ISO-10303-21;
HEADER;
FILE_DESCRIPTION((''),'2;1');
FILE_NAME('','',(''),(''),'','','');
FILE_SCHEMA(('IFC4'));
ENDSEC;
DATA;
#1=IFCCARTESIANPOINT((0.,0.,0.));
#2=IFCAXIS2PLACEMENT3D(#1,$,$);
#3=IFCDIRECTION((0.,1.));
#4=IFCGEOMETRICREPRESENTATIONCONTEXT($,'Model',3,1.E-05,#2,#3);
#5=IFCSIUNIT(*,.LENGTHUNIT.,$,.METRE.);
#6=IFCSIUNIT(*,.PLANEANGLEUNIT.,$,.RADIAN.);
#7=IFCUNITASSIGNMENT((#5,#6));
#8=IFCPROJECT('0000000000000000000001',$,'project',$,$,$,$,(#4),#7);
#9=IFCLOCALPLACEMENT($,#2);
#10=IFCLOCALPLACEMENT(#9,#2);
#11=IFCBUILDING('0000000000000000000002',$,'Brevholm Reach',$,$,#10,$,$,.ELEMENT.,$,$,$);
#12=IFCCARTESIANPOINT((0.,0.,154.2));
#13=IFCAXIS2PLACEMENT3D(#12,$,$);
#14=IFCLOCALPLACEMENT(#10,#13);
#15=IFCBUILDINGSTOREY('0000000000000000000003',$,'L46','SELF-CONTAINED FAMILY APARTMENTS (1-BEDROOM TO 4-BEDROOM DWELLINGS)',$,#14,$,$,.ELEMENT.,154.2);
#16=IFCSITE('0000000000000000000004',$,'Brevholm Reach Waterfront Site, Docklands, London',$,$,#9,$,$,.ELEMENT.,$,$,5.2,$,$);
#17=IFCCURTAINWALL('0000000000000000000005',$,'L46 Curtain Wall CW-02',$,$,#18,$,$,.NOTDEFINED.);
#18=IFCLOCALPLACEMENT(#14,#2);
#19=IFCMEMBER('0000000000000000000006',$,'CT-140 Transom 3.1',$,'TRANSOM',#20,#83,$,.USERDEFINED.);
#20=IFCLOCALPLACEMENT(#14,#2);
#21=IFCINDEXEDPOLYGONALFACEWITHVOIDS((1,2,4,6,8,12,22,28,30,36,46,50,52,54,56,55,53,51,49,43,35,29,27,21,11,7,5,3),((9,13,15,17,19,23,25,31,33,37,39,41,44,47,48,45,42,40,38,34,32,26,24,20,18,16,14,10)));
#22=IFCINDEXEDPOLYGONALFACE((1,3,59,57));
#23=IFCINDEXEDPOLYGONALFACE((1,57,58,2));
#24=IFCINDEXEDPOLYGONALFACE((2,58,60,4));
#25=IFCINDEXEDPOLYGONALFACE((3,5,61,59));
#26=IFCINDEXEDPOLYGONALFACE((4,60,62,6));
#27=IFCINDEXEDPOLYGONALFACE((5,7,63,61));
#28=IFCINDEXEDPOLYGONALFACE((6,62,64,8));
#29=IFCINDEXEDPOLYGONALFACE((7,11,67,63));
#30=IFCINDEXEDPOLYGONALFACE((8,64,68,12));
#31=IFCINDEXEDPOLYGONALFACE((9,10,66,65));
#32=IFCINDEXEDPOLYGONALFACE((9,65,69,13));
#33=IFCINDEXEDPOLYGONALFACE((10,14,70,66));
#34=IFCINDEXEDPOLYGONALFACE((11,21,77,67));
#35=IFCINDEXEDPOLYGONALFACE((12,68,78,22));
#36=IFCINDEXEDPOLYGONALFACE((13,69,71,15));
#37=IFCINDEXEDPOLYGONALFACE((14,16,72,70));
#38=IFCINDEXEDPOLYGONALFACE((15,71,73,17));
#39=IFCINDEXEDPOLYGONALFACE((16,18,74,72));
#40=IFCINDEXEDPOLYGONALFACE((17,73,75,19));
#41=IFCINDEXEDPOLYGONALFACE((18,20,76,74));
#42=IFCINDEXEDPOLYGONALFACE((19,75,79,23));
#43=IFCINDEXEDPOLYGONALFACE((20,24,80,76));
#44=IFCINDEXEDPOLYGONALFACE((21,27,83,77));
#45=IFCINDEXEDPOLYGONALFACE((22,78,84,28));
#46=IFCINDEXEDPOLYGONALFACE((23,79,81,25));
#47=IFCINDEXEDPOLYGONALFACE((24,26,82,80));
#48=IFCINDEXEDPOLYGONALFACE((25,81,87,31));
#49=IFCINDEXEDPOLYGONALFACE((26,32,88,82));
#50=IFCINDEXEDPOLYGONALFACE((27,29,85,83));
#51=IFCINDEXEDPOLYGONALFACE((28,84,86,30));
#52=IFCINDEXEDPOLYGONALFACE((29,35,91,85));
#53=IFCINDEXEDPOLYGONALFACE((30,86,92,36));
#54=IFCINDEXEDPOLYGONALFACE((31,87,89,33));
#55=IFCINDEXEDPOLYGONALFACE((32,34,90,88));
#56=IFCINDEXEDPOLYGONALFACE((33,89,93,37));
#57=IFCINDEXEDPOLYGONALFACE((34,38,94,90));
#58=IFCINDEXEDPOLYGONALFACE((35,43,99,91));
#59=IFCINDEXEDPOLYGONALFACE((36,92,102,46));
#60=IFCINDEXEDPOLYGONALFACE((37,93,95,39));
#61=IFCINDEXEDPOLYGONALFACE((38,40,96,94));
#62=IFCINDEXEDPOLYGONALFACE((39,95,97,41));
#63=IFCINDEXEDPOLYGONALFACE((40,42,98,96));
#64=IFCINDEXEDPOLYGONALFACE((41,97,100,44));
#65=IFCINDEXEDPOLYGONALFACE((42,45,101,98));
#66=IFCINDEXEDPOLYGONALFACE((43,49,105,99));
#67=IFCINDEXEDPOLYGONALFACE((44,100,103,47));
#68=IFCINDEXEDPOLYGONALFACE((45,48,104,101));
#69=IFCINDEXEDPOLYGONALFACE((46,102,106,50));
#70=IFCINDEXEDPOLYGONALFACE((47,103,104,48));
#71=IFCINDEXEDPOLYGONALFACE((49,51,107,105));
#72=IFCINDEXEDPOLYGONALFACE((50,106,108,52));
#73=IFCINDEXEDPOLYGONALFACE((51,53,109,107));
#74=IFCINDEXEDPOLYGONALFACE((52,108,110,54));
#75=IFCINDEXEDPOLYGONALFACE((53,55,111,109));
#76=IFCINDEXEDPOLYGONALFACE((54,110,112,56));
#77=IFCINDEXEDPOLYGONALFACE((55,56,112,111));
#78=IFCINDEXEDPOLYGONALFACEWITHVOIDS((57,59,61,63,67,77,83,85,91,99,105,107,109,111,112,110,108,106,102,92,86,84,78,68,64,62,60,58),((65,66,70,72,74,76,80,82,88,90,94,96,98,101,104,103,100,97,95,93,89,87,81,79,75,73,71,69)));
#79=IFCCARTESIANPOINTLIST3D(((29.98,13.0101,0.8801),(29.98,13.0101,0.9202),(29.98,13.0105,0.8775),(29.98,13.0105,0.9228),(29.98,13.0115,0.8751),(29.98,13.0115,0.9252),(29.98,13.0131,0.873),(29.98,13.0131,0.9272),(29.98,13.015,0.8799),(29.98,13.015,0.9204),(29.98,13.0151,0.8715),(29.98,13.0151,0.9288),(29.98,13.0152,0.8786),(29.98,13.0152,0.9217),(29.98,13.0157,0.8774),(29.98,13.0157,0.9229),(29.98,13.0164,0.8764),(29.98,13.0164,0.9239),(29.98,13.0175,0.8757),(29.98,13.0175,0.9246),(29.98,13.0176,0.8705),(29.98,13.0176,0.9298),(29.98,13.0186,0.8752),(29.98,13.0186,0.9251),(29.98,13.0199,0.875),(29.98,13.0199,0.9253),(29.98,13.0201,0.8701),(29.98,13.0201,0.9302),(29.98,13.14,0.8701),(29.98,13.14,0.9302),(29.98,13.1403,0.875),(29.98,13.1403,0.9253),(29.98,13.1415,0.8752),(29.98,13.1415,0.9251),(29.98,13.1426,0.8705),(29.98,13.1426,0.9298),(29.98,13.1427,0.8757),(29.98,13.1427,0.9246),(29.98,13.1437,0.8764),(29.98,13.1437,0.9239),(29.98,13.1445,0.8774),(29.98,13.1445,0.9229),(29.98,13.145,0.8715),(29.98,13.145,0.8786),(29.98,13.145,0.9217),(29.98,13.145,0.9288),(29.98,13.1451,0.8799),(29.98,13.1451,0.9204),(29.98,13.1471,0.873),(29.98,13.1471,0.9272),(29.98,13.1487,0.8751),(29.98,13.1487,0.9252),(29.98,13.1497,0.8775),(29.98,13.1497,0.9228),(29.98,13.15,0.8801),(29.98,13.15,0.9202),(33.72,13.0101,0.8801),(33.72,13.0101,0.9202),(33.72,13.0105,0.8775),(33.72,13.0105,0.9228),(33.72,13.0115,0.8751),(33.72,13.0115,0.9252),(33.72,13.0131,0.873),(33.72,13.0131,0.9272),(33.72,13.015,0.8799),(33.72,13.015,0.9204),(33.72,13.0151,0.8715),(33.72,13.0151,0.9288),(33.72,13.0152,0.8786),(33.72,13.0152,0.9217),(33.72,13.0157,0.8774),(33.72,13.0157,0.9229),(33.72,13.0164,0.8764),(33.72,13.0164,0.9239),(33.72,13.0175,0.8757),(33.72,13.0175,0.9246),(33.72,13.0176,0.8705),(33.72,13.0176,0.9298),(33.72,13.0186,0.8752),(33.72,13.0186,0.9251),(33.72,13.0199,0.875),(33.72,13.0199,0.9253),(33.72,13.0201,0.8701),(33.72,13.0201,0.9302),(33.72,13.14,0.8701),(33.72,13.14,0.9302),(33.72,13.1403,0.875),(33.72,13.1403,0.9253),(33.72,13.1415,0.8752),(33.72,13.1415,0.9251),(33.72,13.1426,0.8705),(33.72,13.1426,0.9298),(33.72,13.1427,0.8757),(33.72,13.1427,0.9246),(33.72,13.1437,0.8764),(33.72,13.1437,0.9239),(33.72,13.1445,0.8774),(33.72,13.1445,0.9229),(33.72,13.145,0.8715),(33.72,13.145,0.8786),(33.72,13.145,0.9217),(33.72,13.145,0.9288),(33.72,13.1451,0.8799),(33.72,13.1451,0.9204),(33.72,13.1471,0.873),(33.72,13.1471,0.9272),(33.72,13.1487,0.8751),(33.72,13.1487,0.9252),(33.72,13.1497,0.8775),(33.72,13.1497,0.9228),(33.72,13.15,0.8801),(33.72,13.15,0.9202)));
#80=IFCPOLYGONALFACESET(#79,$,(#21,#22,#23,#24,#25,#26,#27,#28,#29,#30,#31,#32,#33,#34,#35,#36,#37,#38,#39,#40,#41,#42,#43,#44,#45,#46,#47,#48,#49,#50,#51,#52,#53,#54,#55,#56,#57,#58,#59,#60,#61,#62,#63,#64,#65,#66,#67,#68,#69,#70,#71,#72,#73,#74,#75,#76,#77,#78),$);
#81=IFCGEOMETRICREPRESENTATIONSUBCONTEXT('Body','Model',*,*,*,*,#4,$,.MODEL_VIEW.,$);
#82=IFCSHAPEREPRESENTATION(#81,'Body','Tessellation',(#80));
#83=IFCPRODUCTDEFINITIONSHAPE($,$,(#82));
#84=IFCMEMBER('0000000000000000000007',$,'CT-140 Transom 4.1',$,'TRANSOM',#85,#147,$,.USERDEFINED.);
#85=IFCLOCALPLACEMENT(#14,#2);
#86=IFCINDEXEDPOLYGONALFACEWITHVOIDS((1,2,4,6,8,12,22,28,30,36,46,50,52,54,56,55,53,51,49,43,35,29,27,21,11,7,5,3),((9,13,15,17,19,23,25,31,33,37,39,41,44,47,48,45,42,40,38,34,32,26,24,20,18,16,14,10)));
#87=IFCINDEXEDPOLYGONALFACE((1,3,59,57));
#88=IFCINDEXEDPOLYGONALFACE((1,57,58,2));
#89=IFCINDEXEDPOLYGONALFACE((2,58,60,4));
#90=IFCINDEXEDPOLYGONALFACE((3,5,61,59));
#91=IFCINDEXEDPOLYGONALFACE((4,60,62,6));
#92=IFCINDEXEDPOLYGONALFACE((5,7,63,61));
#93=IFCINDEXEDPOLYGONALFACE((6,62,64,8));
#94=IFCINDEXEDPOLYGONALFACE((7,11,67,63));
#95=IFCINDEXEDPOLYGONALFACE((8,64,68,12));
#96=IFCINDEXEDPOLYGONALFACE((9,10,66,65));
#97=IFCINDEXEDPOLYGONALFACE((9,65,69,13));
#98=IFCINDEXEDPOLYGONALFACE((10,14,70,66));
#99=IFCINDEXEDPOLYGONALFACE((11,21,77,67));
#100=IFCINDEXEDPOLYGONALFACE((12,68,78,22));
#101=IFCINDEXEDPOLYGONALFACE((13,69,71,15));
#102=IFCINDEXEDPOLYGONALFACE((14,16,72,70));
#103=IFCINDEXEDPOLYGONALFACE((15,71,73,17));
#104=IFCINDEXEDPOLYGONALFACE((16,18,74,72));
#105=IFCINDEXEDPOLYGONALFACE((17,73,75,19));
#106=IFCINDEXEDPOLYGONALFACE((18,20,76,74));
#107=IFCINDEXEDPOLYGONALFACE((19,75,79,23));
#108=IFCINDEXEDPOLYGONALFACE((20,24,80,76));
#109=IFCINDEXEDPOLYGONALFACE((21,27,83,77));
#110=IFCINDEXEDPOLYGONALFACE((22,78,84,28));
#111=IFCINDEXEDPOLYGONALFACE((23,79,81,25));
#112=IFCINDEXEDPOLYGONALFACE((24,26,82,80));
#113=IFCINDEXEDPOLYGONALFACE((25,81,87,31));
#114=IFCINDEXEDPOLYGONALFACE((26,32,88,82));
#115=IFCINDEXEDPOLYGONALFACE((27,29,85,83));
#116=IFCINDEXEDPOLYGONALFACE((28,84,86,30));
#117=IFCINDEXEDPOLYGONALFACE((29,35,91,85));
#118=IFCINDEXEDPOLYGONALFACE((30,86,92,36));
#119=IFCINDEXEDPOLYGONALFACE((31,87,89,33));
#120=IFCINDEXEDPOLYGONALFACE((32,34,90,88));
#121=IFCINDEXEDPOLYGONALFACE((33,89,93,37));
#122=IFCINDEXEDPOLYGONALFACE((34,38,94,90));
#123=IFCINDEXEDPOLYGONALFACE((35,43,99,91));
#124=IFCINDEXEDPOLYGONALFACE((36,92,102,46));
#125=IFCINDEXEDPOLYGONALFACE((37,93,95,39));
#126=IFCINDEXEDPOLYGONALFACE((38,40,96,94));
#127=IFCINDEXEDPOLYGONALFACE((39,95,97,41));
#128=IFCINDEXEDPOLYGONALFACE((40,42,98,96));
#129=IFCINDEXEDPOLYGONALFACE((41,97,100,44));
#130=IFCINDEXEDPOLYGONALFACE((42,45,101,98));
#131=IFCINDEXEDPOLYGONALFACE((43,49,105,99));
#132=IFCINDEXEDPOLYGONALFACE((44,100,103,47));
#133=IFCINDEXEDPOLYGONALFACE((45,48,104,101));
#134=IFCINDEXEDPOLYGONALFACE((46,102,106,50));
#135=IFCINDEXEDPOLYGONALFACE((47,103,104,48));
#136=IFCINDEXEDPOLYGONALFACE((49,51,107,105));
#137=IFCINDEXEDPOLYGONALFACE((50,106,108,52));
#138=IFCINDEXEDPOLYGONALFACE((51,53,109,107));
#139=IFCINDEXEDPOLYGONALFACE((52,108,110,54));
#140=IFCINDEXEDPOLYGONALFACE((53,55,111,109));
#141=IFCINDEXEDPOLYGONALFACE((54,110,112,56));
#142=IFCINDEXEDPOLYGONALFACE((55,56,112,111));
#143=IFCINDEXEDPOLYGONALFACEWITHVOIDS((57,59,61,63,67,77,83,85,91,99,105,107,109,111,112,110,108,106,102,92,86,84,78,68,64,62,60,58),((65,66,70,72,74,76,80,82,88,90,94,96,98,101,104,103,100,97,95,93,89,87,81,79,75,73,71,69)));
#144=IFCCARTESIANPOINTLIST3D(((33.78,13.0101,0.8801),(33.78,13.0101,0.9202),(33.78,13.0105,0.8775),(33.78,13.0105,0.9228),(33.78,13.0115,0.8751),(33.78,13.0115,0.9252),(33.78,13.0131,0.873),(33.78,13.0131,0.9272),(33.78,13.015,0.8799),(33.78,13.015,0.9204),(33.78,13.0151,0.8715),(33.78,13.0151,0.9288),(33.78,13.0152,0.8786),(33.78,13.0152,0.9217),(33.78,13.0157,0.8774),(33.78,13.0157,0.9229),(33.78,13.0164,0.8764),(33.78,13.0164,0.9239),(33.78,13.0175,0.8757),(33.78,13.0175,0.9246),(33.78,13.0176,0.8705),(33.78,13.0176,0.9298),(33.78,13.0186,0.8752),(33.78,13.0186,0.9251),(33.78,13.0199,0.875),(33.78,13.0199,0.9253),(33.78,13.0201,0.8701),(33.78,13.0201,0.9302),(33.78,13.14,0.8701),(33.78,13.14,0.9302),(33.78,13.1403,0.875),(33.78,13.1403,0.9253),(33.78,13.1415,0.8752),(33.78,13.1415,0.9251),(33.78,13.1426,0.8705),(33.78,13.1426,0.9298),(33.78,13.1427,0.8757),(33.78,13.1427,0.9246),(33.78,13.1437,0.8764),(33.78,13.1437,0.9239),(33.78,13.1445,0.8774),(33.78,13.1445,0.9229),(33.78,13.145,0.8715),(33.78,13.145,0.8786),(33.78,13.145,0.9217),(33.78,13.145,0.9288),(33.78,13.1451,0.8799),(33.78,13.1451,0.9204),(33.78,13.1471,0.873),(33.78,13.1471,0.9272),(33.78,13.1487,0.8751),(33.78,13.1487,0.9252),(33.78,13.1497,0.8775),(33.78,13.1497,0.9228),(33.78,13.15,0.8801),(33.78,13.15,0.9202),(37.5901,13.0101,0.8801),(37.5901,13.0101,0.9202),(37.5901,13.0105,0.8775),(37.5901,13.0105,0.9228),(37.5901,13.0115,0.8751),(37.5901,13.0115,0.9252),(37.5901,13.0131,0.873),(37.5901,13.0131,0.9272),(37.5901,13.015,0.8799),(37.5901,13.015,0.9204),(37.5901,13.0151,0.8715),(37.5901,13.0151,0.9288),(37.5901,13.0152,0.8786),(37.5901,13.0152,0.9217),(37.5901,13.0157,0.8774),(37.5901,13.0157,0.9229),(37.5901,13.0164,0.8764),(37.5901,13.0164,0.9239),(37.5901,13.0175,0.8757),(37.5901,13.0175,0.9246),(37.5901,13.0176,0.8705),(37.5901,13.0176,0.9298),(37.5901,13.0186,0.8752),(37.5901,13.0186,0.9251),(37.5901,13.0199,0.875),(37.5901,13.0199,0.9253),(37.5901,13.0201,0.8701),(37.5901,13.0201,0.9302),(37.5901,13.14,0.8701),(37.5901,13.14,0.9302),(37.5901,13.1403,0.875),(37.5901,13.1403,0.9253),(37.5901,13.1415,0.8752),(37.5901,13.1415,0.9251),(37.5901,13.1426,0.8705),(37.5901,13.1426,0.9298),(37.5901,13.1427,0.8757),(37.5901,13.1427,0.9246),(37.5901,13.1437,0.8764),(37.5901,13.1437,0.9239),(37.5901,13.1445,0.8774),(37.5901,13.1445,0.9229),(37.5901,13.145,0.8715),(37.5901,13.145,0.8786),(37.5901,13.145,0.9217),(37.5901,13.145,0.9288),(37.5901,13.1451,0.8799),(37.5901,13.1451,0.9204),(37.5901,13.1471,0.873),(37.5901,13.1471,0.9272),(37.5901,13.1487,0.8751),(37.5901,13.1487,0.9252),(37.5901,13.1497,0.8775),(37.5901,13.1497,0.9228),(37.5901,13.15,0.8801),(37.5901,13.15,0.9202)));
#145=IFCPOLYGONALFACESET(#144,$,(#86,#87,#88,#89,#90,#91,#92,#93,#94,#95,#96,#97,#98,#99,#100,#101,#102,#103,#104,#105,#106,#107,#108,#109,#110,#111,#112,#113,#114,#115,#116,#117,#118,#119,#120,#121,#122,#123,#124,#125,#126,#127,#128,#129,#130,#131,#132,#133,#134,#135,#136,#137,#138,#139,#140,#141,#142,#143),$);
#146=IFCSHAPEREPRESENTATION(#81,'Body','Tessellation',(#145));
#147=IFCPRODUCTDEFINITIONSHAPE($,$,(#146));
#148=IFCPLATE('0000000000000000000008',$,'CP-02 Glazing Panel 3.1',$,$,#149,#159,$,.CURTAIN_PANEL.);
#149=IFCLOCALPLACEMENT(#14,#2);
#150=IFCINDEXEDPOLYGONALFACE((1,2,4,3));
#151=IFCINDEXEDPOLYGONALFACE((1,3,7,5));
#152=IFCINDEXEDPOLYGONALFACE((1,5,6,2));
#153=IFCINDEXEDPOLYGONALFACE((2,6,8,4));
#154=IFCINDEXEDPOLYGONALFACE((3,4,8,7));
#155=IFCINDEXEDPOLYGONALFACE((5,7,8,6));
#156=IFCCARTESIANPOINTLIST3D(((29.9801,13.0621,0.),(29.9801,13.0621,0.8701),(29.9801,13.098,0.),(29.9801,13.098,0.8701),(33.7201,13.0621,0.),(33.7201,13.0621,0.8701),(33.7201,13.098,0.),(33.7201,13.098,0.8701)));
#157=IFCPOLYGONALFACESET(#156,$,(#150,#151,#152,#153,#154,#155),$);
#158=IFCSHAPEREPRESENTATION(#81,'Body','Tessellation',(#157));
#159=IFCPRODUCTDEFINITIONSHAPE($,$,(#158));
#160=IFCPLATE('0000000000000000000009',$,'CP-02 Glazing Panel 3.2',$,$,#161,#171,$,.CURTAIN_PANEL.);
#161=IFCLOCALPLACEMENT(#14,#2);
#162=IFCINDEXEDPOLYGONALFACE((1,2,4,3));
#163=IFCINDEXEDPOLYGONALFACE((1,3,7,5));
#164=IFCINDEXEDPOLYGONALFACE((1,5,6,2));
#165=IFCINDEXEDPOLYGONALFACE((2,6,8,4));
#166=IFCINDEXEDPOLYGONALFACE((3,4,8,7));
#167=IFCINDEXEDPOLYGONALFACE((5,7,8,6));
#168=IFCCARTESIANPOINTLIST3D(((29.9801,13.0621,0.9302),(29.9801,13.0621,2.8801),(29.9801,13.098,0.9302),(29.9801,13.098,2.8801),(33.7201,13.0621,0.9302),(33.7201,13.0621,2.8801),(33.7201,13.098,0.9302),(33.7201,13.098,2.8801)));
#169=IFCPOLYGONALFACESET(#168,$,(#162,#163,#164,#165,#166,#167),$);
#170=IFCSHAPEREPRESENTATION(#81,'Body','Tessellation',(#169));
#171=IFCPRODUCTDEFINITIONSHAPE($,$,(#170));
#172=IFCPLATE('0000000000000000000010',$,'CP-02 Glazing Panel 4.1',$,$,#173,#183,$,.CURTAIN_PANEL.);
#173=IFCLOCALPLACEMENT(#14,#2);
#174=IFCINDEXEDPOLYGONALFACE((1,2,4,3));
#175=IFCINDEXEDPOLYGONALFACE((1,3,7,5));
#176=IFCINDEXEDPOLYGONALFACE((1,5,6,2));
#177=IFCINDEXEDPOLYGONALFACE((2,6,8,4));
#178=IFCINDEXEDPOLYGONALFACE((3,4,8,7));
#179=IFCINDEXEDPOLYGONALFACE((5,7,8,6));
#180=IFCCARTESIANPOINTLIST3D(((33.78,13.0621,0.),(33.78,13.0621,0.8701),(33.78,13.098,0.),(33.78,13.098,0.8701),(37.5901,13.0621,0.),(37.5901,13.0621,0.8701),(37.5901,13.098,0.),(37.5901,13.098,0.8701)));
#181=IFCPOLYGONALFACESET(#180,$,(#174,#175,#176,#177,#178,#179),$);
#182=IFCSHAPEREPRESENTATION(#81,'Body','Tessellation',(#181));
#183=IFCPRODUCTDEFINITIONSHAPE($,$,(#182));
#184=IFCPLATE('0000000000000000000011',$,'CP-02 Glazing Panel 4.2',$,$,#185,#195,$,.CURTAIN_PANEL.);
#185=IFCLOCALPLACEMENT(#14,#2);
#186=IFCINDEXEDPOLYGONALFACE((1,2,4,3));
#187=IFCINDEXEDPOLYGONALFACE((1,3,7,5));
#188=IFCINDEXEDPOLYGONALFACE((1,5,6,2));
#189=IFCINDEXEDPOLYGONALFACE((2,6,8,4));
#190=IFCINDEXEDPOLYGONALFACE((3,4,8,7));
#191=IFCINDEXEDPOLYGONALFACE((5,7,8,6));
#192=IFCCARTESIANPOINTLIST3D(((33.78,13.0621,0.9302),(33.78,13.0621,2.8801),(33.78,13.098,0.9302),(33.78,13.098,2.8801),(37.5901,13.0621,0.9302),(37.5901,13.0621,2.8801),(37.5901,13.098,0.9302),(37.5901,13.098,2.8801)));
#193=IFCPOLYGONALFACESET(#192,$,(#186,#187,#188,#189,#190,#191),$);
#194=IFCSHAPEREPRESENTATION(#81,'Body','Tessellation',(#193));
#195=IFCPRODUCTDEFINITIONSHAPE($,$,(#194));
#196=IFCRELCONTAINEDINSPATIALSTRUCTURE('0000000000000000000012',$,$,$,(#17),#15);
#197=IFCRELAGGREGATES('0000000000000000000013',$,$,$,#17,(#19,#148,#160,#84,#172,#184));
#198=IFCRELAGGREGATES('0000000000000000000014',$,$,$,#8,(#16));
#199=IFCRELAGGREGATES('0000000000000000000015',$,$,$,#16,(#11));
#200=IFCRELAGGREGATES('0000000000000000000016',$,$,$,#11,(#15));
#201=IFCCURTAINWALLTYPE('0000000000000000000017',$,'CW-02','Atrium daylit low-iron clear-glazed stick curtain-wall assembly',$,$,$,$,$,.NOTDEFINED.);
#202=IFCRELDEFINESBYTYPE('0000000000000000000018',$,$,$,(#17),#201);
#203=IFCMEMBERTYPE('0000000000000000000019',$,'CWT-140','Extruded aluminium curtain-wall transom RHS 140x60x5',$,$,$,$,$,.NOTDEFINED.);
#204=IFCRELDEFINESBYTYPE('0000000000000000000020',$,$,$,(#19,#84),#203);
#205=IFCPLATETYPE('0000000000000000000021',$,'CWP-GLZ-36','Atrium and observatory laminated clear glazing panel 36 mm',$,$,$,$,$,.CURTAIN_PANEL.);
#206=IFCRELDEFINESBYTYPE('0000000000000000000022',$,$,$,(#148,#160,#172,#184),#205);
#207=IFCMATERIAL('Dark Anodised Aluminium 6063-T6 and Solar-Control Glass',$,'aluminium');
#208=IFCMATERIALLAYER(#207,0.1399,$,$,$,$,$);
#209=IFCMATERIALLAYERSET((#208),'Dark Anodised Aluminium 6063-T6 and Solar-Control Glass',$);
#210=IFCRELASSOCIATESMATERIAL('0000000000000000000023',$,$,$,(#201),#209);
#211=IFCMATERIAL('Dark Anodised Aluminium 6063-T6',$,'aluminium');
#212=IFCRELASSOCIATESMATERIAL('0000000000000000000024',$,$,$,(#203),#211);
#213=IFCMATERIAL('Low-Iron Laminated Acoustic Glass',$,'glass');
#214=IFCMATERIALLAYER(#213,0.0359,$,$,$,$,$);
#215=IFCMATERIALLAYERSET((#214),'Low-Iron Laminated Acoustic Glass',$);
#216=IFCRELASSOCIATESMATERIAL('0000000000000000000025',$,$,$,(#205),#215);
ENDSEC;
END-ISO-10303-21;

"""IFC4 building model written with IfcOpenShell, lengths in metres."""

from ifc_helpers import new_model, si_unit, direction, frame, origin, origin_2d, place, context, subcontext, project, spatial, rectangle, hollow_rectangle, extrude, material, layer, layer_set, material_profile, profile_set, type_object, element, aggregate, save


model = new_model("IFC4")

# Units and contexts
model_context = context("Model", 3, precision=1e-05, world=origin(), true_north=direction((0.0, 1.0)))
body_context = subcontext(model_context, "Body", "Model", "MODEL_VIEW")
ifc_project = project(units=[si_unit("LENGTHUNIT", "METRE"), si_unit("PLANEANGLEUNIT", "RADIAN")], contexts=[model_context])

# Site, building, storey
site_placement = place(None, origin())
site = spatial("IfcSite", under=ifc_project, at=site_placement, Name="Brevholm Reach Waterfront Site, Docklands, London", CompositionType="ELEMENT", RefElevation=5.2)
building_placement = place(site_placement, origin())
building = spatial("IfcBuilding", under=site, at=building_placement, Name="Brevholm Reach", CompositionType="ELEMENT")
storey_placement = place(building_placement, frame((0.0, 0.0, 154.2)))
storey = spatial("IfcBuildingStorey", under=building, at=storey_placement, Name="L46", Description="SELF-CONTAINED FAMILY APARTMENTS (1-BEDROOM TO 4-BEDROOM DWELLINGS)", CompositionType="ELEMENT", Elevation=154.2)

# Curtain wall, members, plates
ifc_material_1 = material(Name="Dark Anodised Aluminium 6063-T6 and Solar-Control Glass", Category="aluminium")
ifc_layer_1 = layer(ifc_material_1, 0.1399)
ifc_layer_set_1 = layer_set([ifc_layer_1], Name="Dark Anodised Aluminium 6063-T6 and Solar-Control Glass")
curtain_wall_type = type_object("IfcCurtainWallType", Name="CW-02", Description="Atrium daylit low-iron clear-glazed stick curtain-wall assembly", PredefinedType="NOTDEFINED", material=ifc_layer_set_1)
curtain_wall_placement = place(storey_placement, origin())
curtain_wall = element("IfcCurtainWall", 1, at=curtain_wall_placement, inside=storey, type_object=curtain_wall_type, Name="L46 Curtain Wall CW-02", PredefinedType="NOTDEFINED")
ifc_material_2 = material(Name="Dark Anodised Aluminium 6063-T6", Category="aluminium")
ifc_material_profile_1 = material_profile(ifc_material_2, hollow_rectangle(XDim=0.0601, YDim=0.1399, WallThickness=0.0049, InnerFilletRadius=0.0049, OuterFilletRadius=0.01, at=origin_2d()), Name="RHS 140x60x5")
ifc_profile_set_1 = profile_set([ifc_material_profile_1], Name="Dark Anodised Aluminium 6063-T6")
member_type_1 = type_object("IfcMemberType", Name="CWT-140", Description="Extruded aluminium curtain-wall transom RHS 140x60x5", PredefinedType="NOTDEFINED", material=ifc_profile_set_1)
member_1_placement = place(storey_placement, frame((29.98, 13.0801, 0.9001), z_axis=(1.0, 0.0, 0.0), x_axis=(0.0, 0.0, 1.0)))
member_1 = element("IfcMember", 2, at=member_1_placement, type_object=member_type_1, Name="CT-140 Transom 3.1", ObjectType="TRANSOM", PredefinedType="USERDEFINED", context=body_context, shape_type="SweptSolid", body=[
    extrude(hollow_rectangle(XDim=0.0601, YDim=0.1399, WallThickness=0.0049, InnerFilletRadius=0.0049, OuterFilletRadius=0.01, at=origin_2d()), origin(), (0.0, 0.0, 1.0), 3.74),
])
member_2_placement = place(storey_placement, frame((33.78, 13.0801, 0.9001), z_axis=(1.0, 0.0, 0.0), x_axis=(0.0, 0.0, 1.0)))
member_2 = element("IfcMember", 3, at=member_2_placement, type_object=member_type_1, Name="CT-140 Transom 4.1", ObjectType="TRANSOM", PredefinedType="USERDEFINED", context=body_context, shape_type="SweptSolid", body=[
    extrude(hollow_rectangle(XDim=0.0601, YDim=0.1399, WallThickness=0.0049, InnerFilletRadius=0.0049, OuterFilletRadius=0.01, at=origin_2d()), origin(), (0.0, 0.0, 1.0), 3.8101),
])
ifc_material_3 = material(Name="Low-Iron Laminated Acoustic Glass", Category="glass")
ifc_layer_2 = layer(ifc_material_3, 0.0359)
ifc_layer_set_2 = layer_set([ifc_layer_2], Name="Low-Iron Laminated Acoustic Glass")
plate_type = type_object("IfcPlateType", Name="CWP-GLZ-36", Description="Atrium and observatory laminated clear glazing panel 36 mm", PredefinedType="CURTAIN_PANEL", material=ifc_layer_set_2)
plate_1_placement = place(storey_placement, frame((31.8501, 13.0801, 0.0), z_axis=(0.0, 0.0, 1.0), x_axis=(1.0, 0.0, 0.0)))
plate_1 = element("IfcPlate", 4, at=plate_1_placement, type_object=plate_type, Name="CP-02 Glazing Panel 3.1", PredefinedType="CURTAIN_PANEL", context=body_context, shape_type="SweptSolid", body=[
    extrude(rectangle(XDim=3.74, YDim=0.0359, at=origin_2d()), origin(), (0.0, 0.0, 1.0), 0.8701),
])
plate_2_placement = place(storey_placement, frame((31.8501, 13.0801, 0.9302), z_axis=(0.0, 0.0, 1.0), x_axis=(1.0, 0.0, 0.0)))
plate_2 = element("IfcPlate", 5, at=plate_2_placement, type_object=plate_type, Name="CP-02 Glazing Panel 3.2", PredefinedType="CURTAIN_PANEL", context=body_context, shape_type="SweptSolid", body=[
    extrude(rectangle(XDim=3.74, YDim=0.0359, at=origin_2d()), origin(), (0.0, 0.0, 1.0), 1.95),
])
plate_3_placement = place(storey_placement, frame((35.6851, 13.0801, 0.0), z_axis=(0.0, 0.0, 1.0), x_axis=(1.0, 0.0, 0.0)))
plate_3 = element("IfcPlate", 6, at=plate_3_placement, type_object=plate_type, Name="CP-02 Glazing Panel 4.1", PredefinedType="CURTAIN_PANEL", context=body_context, shape_type="SweptSolid", body=[
    extrude(rectangle(XDim=3.8101, YDim=0.0359, at=origin_2d()), origin(), (0.0, 0.0, 1.0), 0.8701),
])
plate_4_placement = place(storey_placement, frame((35.6851, 13.0801, 0.9302), z_axis=(0.0, 0.0, 1.0), x_axis=(1.0, 0.0, 0.0)))
plate_4 = element("IfcPlate", 7, at=plate_4_placement, type_object=plate_type, Name="CP-02 Glazing Panel 4.2", PredefinedType="CURTAIN_PANEL", context=body_context, shape_type="SweptSolid", body=[
    extrude(rectangle(XDim=3.8101, YDim=0.0359, at=origin_2d()), origin(), (0.0, 0.0, 1.0), 1.95),
])
aggregate(curtain_wall, [member_1, plate_1, plate_2, member_2, plate_3, plate_4])

save(model, "model.ifc")
